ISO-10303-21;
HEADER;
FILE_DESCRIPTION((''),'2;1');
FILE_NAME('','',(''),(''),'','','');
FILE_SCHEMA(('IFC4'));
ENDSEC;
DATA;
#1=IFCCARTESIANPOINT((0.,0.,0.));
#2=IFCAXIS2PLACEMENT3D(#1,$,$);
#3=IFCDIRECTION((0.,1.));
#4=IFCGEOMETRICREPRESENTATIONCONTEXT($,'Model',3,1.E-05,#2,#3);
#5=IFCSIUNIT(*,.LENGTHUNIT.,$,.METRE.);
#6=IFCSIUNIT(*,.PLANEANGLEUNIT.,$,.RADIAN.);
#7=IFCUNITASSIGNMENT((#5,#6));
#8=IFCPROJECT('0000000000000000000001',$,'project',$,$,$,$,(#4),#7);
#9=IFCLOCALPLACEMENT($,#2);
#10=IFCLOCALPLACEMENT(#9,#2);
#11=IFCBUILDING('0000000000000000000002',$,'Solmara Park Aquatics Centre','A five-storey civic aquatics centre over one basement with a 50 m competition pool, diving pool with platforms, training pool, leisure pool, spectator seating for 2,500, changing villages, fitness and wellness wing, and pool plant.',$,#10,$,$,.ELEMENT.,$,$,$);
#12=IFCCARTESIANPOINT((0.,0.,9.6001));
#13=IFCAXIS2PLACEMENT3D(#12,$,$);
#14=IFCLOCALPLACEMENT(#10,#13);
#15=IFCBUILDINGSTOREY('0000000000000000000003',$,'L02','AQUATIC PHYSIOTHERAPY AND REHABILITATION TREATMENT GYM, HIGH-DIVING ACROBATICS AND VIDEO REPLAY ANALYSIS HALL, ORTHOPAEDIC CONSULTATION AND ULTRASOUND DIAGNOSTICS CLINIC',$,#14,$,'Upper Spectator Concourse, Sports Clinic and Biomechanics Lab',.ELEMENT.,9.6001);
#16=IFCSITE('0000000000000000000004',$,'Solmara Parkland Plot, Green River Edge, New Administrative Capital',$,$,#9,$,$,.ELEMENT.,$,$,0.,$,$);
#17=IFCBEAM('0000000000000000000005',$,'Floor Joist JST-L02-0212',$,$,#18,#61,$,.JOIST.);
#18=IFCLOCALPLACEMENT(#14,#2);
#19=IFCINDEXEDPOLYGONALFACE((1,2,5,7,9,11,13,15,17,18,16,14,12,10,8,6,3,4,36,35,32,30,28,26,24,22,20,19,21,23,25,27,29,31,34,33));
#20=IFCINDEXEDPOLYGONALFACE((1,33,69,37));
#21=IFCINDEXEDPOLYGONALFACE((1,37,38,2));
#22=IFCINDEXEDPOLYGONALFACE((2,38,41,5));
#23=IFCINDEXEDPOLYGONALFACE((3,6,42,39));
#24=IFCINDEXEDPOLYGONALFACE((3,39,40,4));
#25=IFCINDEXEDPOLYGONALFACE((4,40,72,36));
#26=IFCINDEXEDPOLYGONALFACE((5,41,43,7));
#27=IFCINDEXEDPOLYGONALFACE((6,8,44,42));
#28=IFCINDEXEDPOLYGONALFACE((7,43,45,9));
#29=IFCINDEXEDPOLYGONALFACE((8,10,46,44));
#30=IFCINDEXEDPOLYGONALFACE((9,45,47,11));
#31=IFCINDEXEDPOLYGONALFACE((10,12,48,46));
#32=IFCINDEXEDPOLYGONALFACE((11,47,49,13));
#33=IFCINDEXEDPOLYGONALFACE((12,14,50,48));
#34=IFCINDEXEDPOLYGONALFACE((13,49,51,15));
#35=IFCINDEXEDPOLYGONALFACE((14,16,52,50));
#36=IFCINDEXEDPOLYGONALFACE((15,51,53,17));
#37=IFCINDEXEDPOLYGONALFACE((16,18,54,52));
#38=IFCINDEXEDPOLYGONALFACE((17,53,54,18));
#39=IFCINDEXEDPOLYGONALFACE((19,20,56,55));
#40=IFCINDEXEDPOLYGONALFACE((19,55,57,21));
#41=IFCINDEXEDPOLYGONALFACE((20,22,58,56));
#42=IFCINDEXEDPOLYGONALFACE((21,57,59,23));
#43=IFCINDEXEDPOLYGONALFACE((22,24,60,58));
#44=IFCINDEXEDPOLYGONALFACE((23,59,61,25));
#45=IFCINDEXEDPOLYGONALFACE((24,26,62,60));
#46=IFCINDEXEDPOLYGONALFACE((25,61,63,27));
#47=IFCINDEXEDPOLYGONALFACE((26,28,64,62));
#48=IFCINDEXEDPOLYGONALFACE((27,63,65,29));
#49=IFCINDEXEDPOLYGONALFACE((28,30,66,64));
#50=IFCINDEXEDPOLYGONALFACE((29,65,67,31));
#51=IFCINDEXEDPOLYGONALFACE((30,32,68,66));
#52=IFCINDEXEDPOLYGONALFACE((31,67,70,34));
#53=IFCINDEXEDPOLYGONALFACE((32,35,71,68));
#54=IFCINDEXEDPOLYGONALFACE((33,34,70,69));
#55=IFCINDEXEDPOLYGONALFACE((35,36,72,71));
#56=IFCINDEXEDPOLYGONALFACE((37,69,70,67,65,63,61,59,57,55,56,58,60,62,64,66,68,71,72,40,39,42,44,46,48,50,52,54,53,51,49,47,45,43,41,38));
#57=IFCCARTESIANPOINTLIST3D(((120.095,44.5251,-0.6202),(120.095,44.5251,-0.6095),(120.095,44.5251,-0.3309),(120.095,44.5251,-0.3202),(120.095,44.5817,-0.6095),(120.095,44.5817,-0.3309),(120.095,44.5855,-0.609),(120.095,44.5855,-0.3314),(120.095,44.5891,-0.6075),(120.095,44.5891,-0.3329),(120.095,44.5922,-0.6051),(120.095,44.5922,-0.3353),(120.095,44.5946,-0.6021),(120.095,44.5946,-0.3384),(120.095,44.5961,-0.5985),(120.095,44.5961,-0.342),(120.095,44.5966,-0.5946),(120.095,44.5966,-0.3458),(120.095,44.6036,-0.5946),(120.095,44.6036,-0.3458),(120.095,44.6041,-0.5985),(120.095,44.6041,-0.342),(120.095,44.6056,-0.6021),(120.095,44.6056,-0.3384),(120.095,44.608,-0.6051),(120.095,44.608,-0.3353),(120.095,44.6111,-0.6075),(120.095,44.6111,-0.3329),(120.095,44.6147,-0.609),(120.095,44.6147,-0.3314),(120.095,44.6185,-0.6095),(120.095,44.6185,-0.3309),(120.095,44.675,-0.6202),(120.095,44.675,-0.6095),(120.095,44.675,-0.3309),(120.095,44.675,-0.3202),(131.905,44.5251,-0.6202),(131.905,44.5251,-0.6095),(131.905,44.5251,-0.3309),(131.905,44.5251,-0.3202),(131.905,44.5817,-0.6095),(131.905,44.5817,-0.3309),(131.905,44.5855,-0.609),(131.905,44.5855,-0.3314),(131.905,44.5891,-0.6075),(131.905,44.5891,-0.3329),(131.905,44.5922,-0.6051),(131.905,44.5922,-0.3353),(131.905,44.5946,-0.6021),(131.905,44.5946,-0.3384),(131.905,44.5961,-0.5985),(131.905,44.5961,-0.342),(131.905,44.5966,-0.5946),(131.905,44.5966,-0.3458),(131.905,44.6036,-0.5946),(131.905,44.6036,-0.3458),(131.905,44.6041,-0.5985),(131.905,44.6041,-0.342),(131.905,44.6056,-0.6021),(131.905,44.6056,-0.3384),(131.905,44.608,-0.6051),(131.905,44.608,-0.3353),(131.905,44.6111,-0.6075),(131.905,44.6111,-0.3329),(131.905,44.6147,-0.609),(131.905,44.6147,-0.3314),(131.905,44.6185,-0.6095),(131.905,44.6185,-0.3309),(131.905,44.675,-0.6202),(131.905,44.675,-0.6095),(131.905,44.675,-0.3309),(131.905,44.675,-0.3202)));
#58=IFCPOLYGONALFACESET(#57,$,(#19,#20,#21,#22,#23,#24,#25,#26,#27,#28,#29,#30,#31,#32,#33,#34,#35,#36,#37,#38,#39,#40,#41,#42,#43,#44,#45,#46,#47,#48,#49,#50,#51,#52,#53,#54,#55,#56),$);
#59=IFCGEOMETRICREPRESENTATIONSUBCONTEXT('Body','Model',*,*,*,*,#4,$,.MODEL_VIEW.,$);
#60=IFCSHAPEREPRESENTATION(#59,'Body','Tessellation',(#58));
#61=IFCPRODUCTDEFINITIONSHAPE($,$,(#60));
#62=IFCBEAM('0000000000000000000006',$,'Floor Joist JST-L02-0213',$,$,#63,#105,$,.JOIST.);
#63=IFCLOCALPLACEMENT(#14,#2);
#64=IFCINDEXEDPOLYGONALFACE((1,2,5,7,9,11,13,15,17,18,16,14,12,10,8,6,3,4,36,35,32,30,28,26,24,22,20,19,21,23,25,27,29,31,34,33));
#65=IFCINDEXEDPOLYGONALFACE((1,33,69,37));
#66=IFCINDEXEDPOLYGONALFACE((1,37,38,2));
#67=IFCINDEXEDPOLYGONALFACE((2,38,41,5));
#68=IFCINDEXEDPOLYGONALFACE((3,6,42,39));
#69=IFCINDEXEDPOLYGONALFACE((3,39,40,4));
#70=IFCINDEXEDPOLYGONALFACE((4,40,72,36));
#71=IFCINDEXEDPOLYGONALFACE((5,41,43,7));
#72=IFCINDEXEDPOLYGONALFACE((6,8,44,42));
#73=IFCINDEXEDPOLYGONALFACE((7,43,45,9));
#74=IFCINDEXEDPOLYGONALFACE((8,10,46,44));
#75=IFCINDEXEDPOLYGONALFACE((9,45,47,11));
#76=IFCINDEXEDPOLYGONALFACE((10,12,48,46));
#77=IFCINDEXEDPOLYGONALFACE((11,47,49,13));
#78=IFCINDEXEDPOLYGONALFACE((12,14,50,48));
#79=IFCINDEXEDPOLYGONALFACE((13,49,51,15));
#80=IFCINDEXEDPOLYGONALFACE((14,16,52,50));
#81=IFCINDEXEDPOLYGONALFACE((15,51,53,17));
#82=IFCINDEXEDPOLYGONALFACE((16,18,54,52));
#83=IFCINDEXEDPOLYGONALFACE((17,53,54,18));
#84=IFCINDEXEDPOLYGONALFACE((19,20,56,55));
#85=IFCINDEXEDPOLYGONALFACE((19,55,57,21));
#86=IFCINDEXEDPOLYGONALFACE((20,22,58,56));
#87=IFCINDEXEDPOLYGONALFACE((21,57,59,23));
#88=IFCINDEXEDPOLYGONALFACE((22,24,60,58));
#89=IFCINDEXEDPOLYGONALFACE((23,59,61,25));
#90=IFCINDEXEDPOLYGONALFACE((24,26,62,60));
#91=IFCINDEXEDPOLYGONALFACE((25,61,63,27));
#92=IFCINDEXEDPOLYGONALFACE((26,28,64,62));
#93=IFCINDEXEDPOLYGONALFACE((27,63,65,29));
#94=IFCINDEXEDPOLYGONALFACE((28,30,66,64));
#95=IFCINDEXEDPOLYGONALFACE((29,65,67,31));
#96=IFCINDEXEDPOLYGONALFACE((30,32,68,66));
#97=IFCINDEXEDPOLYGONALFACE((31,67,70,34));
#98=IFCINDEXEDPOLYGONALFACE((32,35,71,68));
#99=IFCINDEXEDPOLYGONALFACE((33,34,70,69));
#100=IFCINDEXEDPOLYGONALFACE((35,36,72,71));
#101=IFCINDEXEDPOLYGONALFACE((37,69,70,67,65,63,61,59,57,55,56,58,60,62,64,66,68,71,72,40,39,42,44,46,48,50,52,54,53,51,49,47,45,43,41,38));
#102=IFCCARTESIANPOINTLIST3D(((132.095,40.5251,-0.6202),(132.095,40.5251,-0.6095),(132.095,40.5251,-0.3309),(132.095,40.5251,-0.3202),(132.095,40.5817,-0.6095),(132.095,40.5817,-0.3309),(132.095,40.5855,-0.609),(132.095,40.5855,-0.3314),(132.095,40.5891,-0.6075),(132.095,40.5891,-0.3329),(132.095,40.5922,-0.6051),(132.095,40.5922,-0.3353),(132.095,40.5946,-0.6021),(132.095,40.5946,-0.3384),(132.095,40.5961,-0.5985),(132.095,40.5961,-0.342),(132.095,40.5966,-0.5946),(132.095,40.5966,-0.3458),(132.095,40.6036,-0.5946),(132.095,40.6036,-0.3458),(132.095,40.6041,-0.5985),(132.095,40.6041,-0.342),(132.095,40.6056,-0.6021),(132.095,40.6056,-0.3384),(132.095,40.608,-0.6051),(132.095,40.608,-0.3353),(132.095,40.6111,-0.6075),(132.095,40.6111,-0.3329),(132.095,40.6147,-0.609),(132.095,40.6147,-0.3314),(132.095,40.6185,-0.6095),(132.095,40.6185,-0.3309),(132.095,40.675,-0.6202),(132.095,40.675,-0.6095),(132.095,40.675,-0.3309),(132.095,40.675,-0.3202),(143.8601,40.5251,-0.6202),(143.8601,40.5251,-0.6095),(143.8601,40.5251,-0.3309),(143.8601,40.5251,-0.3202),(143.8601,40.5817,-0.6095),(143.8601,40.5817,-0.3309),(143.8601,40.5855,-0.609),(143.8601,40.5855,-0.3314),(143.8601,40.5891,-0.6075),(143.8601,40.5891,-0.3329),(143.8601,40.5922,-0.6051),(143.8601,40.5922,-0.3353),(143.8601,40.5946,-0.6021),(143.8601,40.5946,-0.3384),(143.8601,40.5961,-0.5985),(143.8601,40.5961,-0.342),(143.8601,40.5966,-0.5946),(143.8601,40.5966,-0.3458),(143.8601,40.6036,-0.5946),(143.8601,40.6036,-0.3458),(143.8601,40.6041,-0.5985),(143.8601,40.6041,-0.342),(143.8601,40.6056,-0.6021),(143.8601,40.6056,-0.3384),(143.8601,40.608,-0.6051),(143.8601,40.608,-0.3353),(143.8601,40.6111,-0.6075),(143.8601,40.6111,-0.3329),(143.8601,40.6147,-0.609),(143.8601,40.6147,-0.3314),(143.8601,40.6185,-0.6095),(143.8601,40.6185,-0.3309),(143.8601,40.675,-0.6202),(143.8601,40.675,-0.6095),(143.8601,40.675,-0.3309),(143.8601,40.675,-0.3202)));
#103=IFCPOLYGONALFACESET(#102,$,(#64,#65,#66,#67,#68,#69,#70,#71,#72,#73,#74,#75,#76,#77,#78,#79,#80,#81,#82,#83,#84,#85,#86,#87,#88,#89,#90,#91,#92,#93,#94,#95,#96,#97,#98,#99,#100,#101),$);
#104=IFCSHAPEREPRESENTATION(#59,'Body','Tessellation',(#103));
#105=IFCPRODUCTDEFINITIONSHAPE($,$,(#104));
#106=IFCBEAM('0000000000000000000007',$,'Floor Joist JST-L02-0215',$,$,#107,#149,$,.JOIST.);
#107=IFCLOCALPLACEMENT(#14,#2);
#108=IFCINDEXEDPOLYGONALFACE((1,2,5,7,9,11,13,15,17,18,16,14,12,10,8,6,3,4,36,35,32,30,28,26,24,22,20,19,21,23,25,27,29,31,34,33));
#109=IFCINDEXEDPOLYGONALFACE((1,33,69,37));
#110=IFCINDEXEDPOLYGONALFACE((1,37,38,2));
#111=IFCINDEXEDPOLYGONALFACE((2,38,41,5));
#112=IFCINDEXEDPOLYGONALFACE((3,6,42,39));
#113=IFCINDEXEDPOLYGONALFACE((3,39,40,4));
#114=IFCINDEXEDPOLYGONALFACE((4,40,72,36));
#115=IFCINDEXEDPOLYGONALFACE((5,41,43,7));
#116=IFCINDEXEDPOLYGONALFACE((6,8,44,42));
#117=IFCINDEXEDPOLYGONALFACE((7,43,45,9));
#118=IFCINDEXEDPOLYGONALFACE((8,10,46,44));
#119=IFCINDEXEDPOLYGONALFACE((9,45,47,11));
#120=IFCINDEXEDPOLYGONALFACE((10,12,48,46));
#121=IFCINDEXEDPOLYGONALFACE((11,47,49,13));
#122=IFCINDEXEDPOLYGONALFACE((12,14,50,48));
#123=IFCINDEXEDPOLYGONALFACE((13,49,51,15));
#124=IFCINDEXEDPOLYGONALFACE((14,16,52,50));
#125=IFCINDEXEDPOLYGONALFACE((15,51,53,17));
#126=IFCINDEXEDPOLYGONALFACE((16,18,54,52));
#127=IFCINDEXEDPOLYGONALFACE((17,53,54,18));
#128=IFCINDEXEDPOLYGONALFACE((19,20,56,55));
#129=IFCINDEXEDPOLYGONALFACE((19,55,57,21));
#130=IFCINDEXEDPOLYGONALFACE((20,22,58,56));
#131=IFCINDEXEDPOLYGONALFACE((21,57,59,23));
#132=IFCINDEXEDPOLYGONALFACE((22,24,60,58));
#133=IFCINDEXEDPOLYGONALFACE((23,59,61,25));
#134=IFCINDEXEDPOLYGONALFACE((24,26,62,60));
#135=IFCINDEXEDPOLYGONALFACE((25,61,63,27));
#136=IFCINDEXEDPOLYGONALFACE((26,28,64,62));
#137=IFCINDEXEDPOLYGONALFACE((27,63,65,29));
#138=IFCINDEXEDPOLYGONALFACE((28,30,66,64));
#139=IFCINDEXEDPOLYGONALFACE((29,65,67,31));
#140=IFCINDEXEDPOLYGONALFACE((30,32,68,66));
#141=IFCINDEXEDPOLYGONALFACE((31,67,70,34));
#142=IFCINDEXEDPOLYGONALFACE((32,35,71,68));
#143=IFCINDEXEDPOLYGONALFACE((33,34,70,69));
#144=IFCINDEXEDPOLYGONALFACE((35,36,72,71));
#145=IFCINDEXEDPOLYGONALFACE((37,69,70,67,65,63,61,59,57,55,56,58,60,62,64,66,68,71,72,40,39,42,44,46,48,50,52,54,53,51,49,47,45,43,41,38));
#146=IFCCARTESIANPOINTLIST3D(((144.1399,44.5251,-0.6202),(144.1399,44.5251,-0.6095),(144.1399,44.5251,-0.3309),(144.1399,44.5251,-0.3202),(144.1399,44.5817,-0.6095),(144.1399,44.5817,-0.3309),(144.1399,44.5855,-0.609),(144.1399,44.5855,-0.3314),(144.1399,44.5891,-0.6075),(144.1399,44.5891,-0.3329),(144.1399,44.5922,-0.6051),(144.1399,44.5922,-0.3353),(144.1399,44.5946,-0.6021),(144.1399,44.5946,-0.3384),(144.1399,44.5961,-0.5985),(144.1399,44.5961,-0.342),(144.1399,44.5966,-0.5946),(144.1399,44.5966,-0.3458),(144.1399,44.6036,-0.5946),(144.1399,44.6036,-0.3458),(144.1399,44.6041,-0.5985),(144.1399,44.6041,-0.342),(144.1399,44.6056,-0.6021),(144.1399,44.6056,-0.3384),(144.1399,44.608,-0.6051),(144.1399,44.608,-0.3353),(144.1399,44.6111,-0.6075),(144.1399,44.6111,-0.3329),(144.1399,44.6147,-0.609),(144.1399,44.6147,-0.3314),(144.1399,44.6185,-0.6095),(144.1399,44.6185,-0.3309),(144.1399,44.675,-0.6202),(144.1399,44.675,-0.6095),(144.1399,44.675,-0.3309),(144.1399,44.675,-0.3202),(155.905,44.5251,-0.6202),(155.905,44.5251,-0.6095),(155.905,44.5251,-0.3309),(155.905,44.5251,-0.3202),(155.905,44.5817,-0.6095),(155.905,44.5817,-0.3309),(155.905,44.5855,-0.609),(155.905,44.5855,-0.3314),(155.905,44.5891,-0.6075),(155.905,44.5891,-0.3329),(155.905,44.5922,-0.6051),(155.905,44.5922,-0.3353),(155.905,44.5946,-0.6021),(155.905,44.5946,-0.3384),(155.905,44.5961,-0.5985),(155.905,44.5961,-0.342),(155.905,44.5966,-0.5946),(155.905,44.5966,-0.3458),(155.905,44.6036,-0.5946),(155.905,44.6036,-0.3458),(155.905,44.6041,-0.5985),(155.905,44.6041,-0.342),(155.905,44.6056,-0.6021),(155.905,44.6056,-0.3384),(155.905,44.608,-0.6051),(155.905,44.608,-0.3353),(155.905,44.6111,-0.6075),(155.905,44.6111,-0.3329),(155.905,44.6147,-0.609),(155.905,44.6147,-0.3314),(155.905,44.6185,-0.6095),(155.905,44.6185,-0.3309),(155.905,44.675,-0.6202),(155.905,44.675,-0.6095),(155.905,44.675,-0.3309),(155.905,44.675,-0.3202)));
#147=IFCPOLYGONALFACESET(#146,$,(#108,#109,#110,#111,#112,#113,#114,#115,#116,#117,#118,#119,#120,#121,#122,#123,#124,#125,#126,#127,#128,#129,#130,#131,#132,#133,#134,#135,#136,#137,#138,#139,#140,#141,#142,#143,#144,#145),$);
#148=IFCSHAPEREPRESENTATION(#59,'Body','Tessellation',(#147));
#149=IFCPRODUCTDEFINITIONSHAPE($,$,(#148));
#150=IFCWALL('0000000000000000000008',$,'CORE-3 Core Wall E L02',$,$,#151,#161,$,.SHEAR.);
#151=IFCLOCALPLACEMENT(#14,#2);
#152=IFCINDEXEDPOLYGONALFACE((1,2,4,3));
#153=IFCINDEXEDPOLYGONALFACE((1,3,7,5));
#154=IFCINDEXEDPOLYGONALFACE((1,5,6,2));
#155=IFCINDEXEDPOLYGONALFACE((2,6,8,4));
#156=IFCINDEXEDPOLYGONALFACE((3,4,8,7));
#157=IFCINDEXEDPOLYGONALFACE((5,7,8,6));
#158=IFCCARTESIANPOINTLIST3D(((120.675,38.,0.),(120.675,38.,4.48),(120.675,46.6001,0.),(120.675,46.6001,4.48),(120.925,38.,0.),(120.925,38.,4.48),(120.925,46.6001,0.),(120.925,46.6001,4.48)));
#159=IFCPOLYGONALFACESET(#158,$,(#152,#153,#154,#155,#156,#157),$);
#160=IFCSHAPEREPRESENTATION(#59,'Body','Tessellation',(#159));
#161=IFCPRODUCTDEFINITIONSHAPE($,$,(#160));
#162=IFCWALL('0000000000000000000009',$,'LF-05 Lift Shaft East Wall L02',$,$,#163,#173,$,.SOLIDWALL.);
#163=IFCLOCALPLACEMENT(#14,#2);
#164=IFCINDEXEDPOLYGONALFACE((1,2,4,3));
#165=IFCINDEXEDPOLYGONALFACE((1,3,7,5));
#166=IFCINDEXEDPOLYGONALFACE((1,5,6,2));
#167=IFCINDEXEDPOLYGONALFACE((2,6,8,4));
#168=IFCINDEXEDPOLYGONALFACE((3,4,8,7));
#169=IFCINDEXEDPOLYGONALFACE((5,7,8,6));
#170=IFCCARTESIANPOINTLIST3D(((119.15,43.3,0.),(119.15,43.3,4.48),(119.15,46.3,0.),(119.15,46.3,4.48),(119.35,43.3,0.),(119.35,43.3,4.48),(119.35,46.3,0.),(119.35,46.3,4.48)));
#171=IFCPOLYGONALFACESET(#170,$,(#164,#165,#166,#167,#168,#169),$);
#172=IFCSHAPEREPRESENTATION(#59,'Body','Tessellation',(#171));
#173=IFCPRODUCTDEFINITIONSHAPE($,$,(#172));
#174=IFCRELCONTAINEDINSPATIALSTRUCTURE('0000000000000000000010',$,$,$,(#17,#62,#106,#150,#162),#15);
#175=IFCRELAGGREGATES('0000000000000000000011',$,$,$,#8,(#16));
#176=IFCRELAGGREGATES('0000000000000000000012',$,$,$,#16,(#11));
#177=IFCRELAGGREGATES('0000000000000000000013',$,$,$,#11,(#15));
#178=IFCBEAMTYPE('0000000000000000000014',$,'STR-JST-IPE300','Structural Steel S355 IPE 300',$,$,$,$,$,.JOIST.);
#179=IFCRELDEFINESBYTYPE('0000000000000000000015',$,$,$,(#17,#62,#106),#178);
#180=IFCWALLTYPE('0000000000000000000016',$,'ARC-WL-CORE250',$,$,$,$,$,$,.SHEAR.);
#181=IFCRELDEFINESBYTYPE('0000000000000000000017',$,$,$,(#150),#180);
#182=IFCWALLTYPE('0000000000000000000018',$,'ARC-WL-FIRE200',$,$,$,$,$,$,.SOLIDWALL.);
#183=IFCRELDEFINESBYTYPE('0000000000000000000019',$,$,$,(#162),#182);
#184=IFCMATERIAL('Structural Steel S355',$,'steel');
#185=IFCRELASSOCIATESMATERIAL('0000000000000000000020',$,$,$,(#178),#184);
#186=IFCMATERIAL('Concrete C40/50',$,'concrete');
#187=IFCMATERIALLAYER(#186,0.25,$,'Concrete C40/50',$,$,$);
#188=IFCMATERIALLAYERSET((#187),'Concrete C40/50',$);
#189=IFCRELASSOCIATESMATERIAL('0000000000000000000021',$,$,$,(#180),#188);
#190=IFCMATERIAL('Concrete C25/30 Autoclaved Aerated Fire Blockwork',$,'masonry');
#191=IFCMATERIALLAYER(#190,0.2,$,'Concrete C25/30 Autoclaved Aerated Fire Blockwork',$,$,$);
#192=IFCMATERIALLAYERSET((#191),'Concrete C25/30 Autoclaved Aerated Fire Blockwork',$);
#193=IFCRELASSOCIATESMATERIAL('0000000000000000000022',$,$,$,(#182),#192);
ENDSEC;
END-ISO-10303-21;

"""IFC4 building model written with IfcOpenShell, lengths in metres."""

from ifc_helpers import new_model, si_unit, direction, frame, frame_2d, origin, origin_2d, place, context, subcontext, project, spatial, rectangle, i_section, extrude, material, layer, layer_set, material_profile, profile_set, type_object, element, save


model = new_model("IFC4")

# Units and contexts
model_context = context("Model", 3, precision=1e-05, world=origin(), true_north=direction((0.0, 1.0)))
body_context = subcontext(model_context, "Body", "Model", "MODEL_VIEW")
ifc_project = project(units=[si_unit("LENGTHUNIT", "METRE"), si_unit("PLANEANGLEUNIT", "RADIAN")], contexts=[model_context])

# Site, building, storey
site_placement = place(None, origin())
site = spatial("IfcSite", under=ifc_project, at=site_placement, Name="Solmara Parkland Plot, Green River Edge, New Administrative Capital", CompositionType="ELEMENT", RefElevation=0.0)
building_placement = place(site_placement, origin())
building = spatial("IfcBuilding", under=site, at=building_placement, Name="Solmara Park Aquatics Centre", Description="A five-storey civic aquatics centre over one basement with a 50 m competition pool, diving pool with platforms, training pool, leisure pool, spectator seating for 2,500, changing villages, fitness and wellness wing, and pool plant.", CompositionType="ELEMENT")
storey_placement = place(building_placement, frame((0.0, 0.0, 9.6001)))
storey = spatial("IfcBuildingStorey", under=building, at=storey_placement, Name="L02", Description="AQUATIC PHYSIOTHERAPY AND REHABILITATION TREATMENT GYM, HIGH-DIVING ACROBATICS AND VIDEO REPLAY ANALYSIS HALL, ORTHOPAEDIC CONSULTATION AND ULTRASOUND DIAGNOSTICS CLINIC", LongName="Upper Spectator Concourse, Sports Clinic and Biomechanics Lab", CompositionType="ELEMENT", Elevation=9.6001)

# Shared definitions
ifc_material_1 = material(Name="Structural Steel S355", Category="steel")
ifc_material_2 = material(Name="Concrete C40/50", Category="concrete")

# Beams
ifc_material_profile_1 = material_profile(ifc_material_1, i_section(OverallWidth=0.1499, OverallDepth=0.3, WebThickness=0.0071, FlangeThickness=0.0107, FilletRadius=0.0149, at=origin_2d()), Name="IPE 300")
ifc_profile_set_1 = profile_set([ifc_material_profile_1], Name="Structural Steel S355")
beam_type_1 = type_object("IfcBeamType", Name="STR-JST-IPE300", Description="Structural Steel S355 IPE 300", PredefinedType="JOIST", material=ifc_profile_set_1)
for number, where, z_axis, x_axis, name in (
    (1, (120.095, 44.6001, -0.4702), (1.0, 0.0, 0.0), (0.0, 1.0, 0.0), "Floor Joist JST-L02-0212"),
):
    element("IfcBeam", number, at=place(storey_placement, frame(where, z_axis=z_axis, x_axis=x_axis)), inside=storey, type_object=beam_type_1, Name=name, PredefinedType="JOIST", context=body_context, shape_type="SweptSolid", body=[
        extrude(i_section(OverallWidth=0.1499, OverallDepth=0.3, WebThickness=0.0071, FlangeThickness=0.0107, FilletRadius=0.0149, at=origin_2d()), origin(), (0.0, 0.0, 1.0), 11.8101),
    ])
for number, where, z_axis, x_axis, name in (
    (2, (132.095, 40.6001, -0.4702), (1.0, 0.0, 0.0), (0.0, 1.0, 0.0), "Floor Joist JST-L02-0213"),
    (3, (144.1399, 44.6001, -0.4702), (1.0, 0.0, 0.0), (0.0, 1.0, 0.0), "Floor Joist JST-L02-0215"),
):
    element("IfcBeam", number, at=place(storey_placement, frame(where, z_axis=z_axis, x_axis=x_axis)), inside=storey, type_object=beam_type_1, Name=name, PredefinedType="JOIST", context=body_context, shape_type="SweptSolid", body=[
        extrude(i_section(OverallWidth=0.1499, OverallDepth=0.3, WebThickness=0.0071, FlangeThickness=0.0107, FilletRadius=0.0149, at=origin_2d()), origin(), (0.0, 0.0, 1.0), 11.7651),
    ])

# Walls
ifc_layer_1 = layer(ifc_material_2, 0.25, Name="Concrete C40/50")
ifc_layer_set_1 = layer_set([ifc_layer_1], Name="Concrete C40/50")
wall_type_1 = type_object("IfcWallType", Name="ARC-WL-CORE250", PredefinedType="SHEAR", material=ifc_layer_set_1)
wall_1_placement = place(storey_placement, frame((120.8, 38.0, 0.0), z_axis=(0.0, 0.0, 1.0), x_axis=(0.0, 1.0, 0.0)))
element("IfcWall", 4, at=wall_1_placement, inside=storey, type_object=wall_type_1, Name="CORE-3 Core Wall E L02", PredefinedType="SHEAR", context=body_context, shape_type="SweptSolid", body=[
    extrude(rectangle(XDim=8.6001, YDim=0.25, at=frame_2d((4.3, 0.0))), origin(), (0.0, 0.0, 1.0), 4.48),
])
ifc_material_3 = material(Name="Concrete C25/30 Autoclaved Aerated Fire Blockwork", Category="masonry")
ifc_layer_2 = layer(ifc_material_3, 0.2, Name="Concrete C25/30 Autoclaved Aerated Fire Blockwork")
ifc_layer_set_2 = layer_set([ifc_layer_2], Name="Concrete C25/30 Autoclaved Aerated Fire Blockwork")
wall_type_2 = type_object("IfcWallType", Name="ARC-WL-FIRE200", PredefinedType="SOLIDWALL", material=ifc_layer_set_2)
wall_2_placement = place(storey_placement, frame((119.25, 43.3, 0.0), z_axis=(0.0, 0.0, 1.0), x_axis=(0.0, 1.0, 0.0)))
element("IfcWall", 5, at=wall_2_placement, inside=storey, type_object=wall_type_2, Name="LF-05 Lift Shaft East Wall L02", PredefinedType="SOLIDWALL", context=body_context, shape_type="SweptSolid", body=[
    extrude(rectangle(XDim=3.0, YDim=0.2, at=frame_2d((1.5, 0.0))), origin(), (0.0, 0.0, 1.0), 4.48),
])

save(model, "model.ifc")
